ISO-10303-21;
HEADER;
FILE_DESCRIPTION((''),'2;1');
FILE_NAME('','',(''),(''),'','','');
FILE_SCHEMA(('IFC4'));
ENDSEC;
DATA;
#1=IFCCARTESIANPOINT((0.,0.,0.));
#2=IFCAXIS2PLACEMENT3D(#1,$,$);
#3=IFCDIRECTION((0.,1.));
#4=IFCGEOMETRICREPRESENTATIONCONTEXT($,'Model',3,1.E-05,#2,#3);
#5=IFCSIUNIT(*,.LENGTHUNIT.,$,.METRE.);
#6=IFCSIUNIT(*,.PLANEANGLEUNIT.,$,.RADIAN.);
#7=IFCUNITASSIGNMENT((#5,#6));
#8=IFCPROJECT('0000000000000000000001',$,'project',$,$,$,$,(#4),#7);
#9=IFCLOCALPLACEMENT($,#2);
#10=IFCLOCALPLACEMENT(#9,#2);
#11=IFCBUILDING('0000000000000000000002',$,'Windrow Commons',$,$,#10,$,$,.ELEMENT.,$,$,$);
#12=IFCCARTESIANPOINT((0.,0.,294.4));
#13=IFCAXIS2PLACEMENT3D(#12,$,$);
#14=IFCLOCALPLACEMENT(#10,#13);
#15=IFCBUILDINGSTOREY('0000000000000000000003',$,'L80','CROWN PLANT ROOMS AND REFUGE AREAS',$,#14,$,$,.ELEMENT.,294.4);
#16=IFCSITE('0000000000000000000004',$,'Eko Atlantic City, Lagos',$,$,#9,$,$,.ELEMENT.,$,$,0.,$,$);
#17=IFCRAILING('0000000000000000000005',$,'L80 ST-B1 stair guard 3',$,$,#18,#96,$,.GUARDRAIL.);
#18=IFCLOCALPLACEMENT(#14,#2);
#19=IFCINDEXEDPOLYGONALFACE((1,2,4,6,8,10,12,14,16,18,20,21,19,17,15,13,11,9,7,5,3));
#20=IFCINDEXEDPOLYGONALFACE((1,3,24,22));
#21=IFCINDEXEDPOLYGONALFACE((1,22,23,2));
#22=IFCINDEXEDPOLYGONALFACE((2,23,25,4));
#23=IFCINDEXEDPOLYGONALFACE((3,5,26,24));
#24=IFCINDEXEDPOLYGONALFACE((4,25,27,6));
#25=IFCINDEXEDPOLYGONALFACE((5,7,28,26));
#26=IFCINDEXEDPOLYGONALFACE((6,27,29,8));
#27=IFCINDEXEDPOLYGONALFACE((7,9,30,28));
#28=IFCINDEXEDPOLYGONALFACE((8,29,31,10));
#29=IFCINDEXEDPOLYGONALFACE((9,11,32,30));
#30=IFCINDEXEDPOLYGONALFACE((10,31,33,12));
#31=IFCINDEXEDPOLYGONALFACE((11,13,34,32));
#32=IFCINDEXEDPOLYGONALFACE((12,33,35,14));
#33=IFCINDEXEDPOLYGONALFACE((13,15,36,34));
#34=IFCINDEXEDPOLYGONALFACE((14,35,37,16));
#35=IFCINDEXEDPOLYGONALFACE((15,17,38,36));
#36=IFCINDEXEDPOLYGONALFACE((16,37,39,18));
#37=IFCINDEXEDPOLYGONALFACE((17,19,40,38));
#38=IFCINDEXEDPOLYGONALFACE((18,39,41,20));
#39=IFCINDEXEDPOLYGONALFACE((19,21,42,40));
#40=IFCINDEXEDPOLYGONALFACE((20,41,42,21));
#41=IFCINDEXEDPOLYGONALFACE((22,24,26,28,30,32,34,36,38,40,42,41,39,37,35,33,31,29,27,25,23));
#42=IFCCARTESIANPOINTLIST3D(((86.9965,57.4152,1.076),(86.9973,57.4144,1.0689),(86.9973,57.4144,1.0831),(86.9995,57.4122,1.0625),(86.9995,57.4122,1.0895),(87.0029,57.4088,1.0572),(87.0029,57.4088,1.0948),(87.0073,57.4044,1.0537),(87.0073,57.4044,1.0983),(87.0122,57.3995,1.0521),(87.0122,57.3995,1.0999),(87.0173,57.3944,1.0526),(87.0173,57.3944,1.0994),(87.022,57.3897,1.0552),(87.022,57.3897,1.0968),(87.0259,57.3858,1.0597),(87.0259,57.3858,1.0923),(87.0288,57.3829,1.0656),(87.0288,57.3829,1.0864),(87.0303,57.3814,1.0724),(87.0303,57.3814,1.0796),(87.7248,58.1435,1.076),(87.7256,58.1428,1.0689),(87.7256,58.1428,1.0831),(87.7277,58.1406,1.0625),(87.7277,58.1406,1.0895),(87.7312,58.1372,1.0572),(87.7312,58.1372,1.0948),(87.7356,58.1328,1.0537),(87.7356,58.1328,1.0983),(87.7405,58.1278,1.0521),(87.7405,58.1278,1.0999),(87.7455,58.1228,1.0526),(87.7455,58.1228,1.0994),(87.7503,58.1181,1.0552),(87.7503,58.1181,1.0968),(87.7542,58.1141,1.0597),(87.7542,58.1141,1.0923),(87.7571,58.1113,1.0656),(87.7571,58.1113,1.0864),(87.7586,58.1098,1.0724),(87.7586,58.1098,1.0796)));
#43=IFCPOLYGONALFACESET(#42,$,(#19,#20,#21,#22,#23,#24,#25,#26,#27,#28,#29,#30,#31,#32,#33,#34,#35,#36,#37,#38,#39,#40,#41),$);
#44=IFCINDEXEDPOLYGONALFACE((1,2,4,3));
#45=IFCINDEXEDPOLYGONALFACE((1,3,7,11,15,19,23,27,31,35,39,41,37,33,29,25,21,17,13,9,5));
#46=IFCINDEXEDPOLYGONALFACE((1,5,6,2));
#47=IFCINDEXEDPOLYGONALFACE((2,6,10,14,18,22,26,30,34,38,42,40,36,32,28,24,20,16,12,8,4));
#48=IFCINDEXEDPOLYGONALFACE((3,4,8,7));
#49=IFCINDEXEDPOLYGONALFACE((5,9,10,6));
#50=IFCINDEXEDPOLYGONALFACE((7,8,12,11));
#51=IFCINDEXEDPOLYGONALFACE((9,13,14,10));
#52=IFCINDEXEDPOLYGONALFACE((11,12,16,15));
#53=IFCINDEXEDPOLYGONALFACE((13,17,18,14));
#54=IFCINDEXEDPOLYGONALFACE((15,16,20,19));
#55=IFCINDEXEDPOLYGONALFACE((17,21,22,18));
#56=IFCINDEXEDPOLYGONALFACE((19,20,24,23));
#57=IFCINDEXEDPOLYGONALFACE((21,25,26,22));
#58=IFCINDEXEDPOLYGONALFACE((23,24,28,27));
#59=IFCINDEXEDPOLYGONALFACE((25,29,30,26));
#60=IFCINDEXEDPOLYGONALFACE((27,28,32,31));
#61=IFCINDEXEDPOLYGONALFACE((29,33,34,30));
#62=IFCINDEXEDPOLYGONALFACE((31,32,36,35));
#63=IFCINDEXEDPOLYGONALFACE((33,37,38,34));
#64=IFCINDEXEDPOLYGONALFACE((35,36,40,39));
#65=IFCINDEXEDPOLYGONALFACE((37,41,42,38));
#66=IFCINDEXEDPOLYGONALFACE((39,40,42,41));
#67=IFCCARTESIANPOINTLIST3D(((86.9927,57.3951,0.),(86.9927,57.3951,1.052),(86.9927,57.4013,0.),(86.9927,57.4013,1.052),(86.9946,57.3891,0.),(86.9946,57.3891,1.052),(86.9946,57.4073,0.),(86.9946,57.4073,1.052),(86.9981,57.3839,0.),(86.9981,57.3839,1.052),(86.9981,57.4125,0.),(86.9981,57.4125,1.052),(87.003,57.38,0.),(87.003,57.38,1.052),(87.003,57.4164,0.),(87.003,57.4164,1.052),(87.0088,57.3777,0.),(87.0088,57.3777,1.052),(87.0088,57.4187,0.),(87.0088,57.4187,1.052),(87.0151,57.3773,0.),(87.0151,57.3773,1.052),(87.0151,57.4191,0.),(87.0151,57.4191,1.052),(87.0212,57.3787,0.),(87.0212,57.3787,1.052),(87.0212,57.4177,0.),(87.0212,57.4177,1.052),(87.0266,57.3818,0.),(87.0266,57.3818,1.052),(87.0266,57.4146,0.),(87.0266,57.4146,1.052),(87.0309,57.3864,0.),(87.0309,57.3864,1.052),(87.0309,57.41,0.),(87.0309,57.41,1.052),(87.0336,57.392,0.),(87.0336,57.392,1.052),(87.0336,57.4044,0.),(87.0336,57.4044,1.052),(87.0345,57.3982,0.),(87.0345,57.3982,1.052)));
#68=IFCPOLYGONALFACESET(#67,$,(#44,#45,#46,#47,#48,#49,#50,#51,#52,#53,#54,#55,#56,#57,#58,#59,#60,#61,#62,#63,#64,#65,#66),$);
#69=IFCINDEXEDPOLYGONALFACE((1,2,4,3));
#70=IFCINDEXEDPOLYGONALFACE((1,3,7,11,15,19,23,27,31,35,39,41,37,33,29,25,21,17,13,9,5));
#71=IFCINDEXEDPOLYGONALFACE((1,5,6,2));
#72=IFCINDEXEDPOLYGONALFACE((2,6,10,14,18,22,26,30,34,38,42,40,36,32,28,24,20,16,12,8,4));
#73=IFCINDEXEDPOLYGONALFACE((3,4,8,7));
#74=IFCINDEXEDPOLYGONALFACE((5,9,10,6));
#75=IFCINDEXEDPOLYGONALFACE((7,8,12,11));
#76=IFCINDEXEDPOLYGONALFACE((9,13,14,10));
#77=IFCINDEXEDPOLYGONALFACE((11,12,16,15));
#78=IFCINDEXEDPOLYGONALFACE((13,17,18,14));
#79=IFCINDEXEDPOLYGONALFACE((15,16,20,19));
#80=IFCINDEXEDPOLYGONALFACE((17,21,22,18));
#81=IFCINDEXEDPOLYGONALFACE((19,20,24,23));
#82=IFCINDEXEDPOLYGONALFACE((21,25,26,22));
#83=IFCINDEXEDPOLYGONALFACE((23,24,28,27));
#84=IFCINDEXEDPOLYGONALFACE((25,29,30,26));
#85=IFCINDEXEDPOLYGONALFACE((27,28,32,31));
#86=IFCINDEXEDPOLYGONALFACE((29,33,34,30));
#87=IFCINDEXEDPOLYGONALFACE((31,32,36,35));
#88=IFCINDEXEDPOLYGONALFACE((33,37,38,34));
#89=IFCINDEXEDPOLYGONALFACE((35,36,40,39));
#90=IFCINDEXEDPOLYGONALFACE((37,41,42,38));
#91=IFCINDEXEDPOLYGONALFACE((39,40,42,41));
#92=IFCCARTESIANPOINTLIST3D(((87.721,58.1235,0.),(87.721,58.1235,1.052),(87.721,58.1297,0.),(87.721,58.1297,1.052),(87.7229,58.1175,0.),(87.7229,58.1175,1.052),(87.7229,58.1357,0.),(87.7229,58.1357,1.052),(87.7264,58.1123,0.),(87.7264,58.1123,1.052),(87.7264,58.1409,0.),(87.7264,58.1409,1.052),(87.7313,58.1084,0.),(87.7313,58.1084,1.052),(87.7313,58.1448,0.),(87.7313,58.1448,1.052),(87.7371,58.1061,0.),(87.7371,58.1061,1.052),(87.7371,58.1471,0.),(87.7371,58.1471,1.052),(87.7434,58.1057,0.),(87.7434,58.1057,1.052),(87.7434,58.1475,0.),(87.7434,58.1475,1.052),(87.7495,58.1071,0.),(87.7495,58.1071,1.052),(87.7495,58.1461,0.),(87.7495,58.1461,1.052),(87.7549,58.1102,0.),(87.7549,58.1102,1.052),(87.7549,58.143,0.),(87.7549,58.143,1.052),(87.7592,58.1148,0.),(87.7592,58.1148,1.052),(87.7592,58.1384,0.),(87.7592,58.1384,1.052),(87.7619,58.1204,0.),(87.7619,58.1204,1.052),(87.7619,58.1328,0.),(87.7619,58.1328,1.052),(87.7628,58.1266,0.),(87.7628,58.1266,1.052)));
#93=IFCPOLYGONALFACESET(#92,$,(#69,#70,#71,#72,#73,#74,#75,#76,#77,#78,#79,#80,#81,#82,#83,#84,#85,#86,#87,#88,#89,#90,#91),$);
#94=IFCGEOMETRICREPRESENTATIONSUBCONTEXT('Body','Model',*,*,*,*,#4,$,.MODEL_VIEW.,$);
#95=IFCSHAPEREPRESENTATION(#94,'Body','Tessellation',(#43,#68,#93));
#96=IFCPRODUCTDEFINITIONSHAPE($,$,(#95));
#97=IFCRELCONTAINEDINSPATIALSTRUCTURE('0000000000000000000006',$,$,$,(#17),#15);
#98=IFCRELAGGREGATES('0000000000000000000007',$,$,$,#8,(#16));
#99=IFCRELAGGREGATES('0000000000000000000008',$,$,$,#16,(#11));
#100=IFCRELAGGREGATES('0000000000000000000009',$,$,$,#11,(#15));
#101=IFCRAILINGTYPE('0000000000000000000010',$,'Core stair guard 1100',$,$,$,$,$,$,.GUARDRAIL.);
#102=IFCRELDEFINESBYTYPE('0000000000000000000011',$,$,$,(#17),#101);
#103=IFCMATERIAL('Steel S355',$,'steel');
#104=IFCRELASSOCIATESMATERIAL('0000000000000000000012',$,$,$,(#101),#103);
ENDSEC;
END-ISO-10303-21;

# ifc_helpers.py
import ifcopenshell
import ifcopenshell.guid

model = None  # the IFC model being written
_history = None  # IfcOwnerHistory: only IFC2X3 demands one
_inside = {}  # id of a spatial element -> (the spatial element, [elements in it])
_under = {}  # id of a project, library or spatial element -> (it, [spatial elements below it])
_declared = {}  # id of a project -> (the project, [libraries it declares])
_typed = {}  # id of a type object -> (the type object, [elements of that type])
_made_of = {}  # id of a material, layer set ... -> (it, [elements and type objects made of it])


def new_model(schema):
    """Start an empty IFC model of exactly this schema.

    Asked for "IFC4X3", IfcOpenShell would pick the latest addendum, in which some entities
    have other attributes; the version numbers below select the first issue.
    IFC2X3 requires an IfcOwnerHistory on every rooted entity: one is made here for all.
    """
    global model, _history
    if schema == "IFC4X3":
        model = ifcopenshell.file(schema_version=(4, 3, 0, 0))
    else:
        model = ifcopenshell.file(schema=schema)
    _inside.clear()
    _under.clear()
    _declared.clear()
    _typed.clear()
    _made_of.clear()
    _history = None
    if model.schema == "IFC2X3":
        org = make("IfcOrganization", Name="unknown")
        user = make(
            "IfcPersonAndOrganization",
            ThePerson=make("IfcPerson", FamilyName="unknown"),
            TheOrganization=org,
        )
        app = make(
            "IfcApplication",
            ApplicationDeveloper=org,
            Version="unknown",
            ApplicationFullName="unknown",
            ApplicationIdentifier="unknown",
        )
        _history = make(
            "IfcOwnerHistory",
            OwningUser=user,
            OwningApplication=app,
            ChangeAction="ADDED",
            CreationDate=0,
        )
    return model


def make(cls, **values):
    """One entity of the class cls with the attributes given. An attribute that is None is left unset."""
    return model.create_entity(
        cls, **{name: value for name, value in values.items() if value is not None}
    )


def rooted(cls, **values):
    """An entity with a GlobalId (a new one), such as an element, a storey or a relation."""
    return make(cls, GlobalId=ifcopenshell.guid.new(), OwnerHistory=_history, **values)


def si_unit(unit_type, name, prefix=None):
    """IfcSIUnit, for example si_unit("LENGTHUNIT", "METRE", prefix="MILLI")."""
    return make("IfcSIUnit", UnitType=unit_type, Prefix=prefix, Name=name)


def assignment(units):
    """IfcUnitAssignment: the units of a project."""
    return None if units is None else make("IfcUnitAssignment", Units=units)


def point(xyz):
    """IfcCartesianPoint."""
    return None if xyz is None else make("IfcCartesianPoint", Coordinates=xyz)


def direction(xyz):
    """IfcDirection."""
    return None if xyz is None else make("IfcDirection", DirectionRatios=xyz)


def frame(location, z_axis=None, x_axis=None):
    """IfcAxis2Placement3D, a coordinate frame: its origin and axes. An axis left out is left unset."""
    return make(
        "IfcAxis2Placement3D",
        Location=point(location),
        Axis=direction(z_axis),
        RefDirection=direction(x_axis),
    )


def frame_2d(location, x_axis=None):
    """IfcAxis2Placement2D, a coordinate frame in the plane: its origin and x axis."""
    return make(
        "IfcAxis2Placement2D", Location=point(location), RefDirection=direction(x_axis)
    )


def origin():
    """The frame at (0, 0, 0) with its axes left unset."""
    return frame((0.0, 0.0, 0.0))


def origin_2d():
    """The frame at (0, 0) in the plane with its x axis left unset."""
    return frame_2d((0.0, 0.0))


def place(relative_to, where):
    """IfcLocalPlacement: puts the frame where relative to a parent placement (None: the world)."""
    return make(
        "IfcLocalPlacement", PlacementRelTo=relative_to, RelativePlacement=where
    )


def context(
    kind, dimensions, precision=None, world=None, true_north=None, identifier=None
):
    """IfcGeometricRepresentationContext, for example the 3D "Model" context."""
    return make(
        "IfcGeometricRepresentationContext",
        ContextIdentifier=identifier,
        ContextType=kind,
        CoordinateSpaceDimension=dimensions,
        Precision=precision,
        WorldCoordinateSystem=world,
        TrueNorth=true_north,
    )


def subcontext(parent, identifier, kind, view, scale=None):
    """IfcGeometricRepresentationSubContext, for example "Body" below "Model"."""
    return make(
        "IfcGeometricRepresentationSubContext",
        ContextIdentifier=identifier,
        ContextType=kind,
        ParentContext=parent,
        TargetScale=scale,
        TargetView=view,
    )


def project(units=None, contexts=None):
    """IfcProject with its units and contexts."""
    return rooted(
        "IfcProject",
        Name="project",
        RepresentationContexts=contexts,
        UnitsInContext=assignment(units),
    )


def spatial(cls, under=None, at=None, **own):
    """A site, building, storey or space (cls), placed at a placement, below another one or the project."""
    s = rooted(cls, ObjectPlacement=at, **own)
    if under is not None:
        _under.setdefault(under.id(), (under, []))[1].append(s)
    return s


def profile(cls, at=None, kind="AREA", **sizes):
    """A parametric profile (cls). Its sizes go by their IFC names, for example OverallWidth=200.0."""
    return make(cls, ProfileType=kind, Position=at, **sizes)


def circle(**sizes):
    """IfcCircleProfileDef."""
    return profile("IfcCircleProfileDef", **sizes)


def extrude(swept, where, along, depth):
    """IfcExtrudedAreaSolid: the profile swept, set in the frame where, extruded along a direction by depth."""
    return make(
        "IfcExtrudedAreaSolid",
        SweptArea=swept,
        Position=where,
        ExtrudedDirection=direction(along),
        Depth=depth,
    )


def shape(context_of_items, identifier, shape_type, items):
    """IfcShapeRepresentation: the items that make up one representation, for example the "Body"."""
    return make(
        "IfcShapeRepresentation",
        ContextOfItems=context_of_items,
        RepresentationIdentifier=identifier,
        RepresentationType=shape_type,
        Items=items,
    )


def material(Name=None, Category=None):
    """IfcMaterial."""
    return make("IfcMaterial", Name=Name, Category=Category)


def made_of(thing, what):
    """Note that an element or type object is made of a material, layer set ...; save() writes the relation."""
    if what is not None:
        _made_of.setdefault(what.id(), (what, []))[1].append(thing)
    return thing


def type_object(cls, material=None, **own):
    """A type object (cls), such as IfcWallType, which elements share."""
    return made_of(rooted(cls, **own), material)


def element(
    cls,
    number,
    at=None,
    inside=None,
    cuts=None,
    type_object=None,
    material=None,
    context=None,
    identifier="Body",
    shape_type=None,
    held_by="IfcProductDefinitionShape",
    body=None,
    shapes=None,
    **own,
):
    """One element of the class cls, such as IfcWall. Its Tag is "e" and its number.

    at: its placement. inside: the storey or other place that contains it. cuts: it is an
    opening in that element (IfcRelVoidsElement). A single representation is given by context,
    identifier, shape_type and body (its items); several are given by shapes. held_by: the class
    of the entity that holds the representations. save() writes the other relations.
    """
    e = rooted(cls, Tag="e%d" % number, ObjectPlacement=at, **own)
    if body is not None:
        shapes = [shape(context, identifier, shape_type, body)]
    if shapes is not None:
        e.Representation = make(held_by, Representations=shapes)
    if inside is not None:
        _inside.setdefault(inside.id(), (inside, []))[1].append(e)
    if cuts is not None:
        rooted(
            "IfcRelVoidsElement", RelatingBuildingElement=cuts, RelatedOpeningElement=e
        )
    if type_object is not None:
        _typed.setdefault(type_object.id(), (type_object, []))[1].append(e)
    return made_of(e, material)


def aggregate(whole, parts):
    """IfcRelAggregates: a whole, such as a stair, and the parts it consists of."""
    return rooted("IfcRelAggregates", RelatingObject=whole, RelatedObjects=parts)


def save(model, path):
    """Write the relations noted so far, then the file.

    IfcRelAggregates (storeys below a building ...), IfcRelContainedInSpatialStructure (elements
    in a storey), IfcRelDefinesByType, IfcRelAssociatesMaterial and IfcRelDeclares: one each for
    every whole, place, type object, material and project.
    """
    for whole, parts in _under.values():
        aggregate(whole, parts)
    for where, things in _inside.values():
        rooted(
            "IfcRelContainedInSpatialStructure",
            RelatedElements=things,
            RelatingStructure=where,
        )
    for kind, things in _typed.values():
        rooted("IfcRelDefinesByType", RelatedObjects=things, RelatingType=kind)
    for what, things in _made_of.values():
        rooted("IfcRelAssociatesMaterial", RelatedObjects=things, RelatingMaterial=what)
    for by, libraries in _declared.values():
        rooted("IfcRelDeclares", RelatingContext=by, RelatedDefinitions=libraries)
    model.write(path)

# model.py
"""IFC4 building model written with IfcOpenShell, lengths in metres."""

from ifc_helpers import new_model, si_unit, direction, frame, origin, origin_2d, place, context, subcontext, project, spatial, circle, extrude, material, type_object, element, save


model = new_model("IFC4")

# Units and contexts
model_context = context("Model", 3, precision=1e-05, world=origin(), true_north=direction((0.0, 1.0)))
body_context = subcontext(model_context, "Body", "Model", "MODEL_VIEW")
ifc_project = project(units=[si_unit("LENGTHUNIT", "METRE"), si_unit("PLANEANGLEUNIT", "RADIAN")], contexts=[model_context])

# Site, building, storey
site_placement = place(None, origin())
site = spatial("IfcSite", under=ifc_project, at=site_placement, Name="Eko Atlantic City, Lagos", CompositionType="ELEMENT", RefElevation=0.0)
building_placement = place(site_placement, origin())
building = spatial("IfcBuilding", under=site, at=building_placement, Name="Windrow Commons", CompositionType="ELEMENT")
storey_placement = place(building_placement, frame((0.0, 0.0, 294.4)))
storey = spatial("IfcBuildingStorey", under=building, at=storey_placement, Name="L80", Description="CROWN PLANT ROOMS AND REFUGE AREAS", CompositionType="ELEMENT", Elevation=294.4)

# Railing
ifc_material_1 = material(Name="Steel S355", Category="steel")
railing_type = type_object("IfcRailingType", Name="Core stair guard 1100", PredefinedType="GUARDRAIL", material=ifc_material_1)
railing_1_placement = place(storey_placement, frame((87.0135, 57.3982, 0.0)))
element("IfcRailing", 1, at=railing_1_placement, inside=storey, type_object=railing_type, Name="L80 ST-B1 stair guard 3", PredefinedType="GUARDRAIL", context=body_context, shape_type="SweptSolid", body=[
    extrude(circle(Radius=0.024, at=origin_2d()), frame((0.0, 0.0, 1.076), z_axis=(0.707058, 0.707155, 0.0), x_axis=(-0.707155, 0.707058, 0.0)), (0.0, 0.0, 1.0), 1.03),
    extrude(circle(Radius=0.021, at=origin_2d()), origin(), (0.0, 0.0, 1.0), 1.052),
    extrude(circle(Radius=0.021, at=origin_2d()), frame((0.7283, 0.7284, 0.0)), (0.0, 0.0, 1.0), 1.052),
])

save(model, "model.ifc")
